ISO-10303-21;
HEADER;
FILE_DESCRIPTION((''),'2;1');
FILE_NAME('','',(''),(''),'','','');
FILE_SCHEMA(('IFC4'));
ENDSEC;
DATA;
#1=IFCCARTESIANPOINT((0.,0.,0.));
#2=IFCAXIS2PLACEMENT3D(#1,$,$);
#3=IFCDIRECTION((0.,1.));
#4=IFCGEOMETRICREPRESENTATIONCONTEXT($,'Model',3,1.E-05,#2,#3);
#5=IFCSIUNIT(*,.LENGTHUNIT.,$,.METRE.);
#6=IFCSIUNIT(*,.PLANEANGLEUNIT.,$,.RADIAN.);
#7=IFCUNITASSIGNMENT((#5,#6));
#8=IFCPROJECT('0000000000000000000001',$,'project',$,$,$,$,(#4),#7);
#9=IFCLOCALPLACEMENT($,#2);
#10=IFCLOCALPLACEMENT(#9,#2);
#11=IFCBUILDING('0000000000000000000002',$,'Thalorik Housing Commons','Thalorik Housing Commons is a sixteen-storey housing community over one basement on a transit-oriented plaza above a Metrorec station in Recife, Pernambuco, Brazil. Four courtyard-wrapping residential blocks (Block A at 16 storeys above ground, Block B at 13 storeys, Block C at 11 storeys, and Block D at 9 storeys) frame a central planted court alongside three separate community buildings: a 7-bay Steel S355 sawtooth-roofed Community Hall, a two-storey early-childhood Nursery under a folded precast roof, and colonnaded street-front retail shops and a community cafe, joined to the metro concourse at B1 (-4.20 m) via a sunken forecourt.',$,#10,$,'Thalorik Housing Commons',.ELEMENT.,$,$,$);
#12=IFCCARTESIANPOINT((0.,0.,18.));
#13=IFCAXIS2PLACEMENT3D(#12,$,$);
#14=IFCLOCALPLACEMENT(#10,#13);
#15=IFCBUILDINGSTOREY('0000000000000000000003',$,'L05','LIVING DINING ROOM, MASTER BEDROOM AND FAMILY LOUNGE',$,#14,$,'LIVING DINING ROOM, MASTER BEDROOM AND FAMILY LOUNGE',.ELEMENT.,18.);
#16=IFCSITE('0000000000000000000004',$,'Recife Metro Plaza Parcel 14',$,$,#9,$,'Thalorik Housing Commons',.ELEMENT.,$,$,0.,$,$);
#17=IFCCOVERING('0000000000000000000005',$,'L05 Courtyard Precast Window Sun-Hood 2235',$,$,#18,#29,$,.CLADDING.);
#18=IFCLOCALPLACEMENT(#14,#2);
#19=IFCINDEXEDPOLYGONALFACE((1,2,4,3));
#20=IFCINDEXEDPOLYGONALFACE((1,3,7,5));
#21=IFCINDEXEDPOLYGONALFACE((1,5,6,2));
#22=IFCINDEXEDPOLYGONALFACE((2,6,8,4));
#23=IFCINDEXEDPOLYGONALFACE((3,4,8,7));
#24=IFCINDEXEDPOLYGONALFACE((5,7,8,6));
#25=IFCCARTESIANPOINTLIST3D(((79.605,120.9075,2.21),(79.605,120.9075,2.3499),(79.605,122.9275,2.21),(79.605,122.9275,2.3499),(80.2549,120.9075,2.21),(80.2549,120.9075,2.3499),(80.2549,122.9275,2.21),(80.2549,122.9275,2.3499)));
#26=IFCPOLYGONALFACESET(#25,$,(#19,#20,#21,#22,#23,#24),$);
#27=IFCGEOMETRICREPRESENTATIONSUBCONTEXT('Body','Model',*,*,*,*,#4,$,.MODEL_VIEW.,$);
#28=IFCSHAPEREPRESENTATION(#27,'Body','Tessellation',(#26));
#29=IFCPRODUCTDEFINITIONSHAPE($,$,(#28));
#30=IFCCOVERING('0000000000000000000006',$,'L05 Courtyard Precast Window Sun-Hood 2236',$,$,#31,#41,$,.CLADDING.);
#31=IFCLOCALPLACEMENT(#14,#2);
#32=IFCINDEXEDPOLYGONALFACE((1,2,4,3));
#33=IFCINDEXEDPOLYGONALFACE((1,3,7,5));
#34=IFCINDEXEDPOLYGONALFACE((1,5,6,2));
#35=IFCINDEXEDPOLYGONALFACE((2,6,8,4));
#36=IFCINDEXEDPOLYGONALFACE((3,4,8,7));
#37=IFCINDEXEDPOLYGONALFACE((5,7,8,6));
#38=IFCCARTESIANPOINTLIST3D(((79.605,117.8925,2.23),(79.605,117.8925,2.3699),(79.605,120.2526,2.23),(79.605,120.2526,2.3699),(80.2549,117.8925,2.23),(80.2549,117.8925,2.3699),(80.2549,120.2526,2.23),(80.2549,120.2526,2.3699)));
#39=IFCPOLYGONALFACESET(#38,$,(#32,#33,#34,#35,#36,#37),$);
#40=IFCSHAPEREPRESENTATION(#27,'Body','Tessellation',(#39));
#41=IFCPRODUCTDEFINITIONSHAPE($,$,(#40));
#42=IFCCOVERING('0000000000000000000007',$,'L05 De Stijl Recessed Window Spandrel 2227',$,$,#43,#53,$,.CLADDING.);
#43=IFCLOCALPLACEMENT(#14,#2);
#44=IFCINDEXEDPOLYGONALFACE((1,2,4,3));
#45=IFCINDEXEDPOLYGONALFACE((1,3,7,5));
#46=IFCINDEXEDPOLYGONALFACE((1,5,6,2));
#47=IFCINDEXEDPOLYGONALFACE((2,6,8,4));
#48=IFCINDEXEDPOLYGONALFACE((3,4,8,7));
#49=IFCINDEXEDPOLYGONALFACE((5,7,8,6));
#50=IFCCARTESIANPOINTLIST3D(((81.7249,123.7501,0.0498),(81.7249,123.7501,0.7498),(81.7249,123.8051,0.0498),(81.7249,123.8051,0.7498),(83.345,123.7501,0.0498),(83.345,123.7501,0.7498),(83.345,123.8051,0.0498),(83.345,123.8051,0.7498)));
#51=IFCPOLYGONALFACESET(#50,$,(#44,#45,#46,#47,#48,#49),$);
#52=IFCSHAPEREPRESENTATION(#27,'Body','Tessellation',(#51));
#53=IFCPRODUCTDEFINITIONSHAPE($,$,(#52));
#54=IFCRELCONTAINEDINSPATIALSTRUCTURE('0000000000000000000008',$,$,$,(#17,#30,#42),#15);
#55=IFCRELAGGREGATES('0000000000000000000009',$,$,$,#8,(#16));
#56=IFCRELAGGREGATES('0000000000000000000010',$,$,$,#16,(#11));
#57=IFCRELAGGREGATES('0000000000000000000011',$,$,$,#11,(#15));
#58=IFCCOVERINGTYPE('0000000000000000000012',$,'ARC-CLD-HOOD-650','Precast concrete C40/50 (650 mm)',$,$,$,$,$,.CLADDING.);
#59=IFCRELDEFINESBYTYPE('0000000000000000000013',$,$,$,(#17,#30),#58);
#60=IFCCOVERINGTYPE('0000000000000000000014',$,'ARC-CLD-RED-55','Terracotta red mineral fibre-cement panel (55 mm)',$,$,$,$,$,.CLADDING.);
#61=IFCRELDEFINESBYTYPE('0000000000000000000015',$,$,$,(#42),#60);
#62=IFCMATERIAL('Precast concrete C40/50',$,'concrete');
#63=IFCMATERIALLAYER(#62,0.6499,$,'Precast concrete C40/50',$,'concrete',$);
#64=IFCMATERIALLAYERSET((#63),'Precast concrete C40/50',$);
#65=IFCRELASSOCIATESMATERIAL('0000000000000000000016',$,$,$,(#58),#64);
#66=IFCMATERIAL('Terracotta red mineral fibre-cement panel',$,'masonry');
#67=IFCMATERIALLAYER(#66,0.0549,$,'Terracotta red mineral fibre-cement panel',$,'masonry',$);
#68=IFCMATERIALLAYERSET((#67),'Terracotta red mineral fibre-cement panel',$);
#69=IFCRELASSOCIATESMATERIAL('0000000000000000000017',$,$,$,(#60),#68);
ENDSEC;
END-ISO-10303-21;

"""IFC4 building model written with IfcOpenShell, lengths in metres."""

from ifc_helpers import new_model, si_unit, direction, frame, origin, origin_2d, place, context, subcontext, project, spatial, rectangle, extrude, material, layer, layer_set, type_object, element, save


model = new_model("IFC4")

# Units and contexts
model_context = context("Model", 3, precision=1e-05, world=origin(), true_north=direction((0.0, 1.0)))
body_context = subcontext(model_context, "Body", "Model", "MODEL_VIEW")
ifc_project = project(units=[si_unit("LENGTHUNIT", "METRE"), si_unit("PLANEANGLEUNIT", "RADIAN")], contexts=[model_context])

# Site, building, storey
site_placement = place(None, origin())
site = spatial("IfcSite", under=ifc_project, at=site_placement, Name="Recife Metro Plaza Parcel 14", LongName="Thalorik Housing Commons", CompositionType="ELEMENT", RefElevation=0.0)
building_placement = place(site_placement, origin())
building = spatial("IfcBuilding", under=site, at=building_placement, Name="Thalorik Housing Commons", Description="Thalorik Housing Commons is a sixteen-storey housing community over one basement on a transit-oriented plaza above a Metrorec station in Recife, Pernambuco, Brazil. Four courtyard-wrapping residential blocks (Block A at 16 storeys above ground, Block B at 13 storeys, Block C at 11 storeys, and Block D at 9 storeys) frame a central planted court alongside three separate community buildings: a 7-bay Steel S355 sawtooth-roofed Community Hall, a two-storey early-childhood Nursery under a folded precast roof, and colonnaded street-front retail shops and a community cafe, joined to the metro concourse at B1 (-4.20 m) via a sunken forecourt.", LongName="Thalorik Housing Commons", CompositionType="ELEMENT")
storey_placement = place(building_placement, frame((0.0, 0.0, 18.0)))
storey = spatial("IfcBuildingStorey", under=building, at=storey_placement, Name="L05", Description="LIVING DINING ROOM, MASTER BEDROOM AND FAMILY LOUNGE", LongName="LIVING DINING ROOM, MASTER BEDROOM AND FAMILY LOUNGE", CompositionType="ELEMENT", Elevation=18.0)

# Shared definitions
ifc_material_1 = material(Name="Precast concrete C40/50", Category="concrete")

# Coverings
ifc_layer_1 = layer(ifc_material_1, 0.6499, Name="Precast concrete C40/50", Category="concrete")
ifc_layer_set_1 = layer_set([ifc_layer_1], Name="Precast concrete C40/50")
covering_type_1 = type_object("IfcCoveringType", Name="ARC-CLD-HOOD-650", Description="Precast concrete C40/50 (650 mm)", PredefinedType="CLADDING", material=ifc_layer_set_1)
covering_1_placement = place(storey_placement, frame((79.9299, 121.9175, 2.21), z_axis=(0.0, 0.0, 1.0), x_axis=(0.0, -1.0, 0.0)))
element("IfcCovering", 1, at=covering_1_placement, inside=storey, type_object=covering_type_1, Name="L05 Courtyard Precast Window Sun-Hood 2235", PredefinedType="CLADDING", context=body_context, shape_type="SweptSolid", body=[
    extrude(rectangle(XDim=2.02, YDim=0.6499, at=origin_2d()), origin(), (0.0, 0.0, 1.0), 0.1399),
])
covering_2_placement = place(storey_placement, frame((79.9299, 119.0725, 2.23), z_axis=(0.0, 0.0, 1.0), x_axis=(0.0, -1.0, 0.0)))
element("IfcCovering", 2, at=covering_2_placement, inside=storey, type_object=covering_type_1, Name="L05 Courtyard Precast Window Sun-Hood 2236", PredefinedType="CLADDING", context=body_context, shape_type="SweptSolid", body=[
    extrude(rectangle(XDim=2.3601, YDim=0.6499, at=origin_2d()), origin(), (0.0, 0.0, 1.0), 0.1399),
])
ifc_material_2 = material(Name="Terracotta red mineral fibre-cement panel", Category="masonry")
ifc_layer_2 = layer(ifc_material_2, 0.0549, Name="Terracotta red mineral fibre-cement panel", Category="masonry")
ifc_layer_set_2 = layer_set([ifc_layer_2], Name="Terracotta red mineral fibre-cement panel")
covering_type_2 = type_object("IfcCoveringType", Name="ARC-CLD-RED-55", Description="Terracotta red mineral fibre-cement panel (55 mm)", PredefinedType="CLADDING", material=ifc_layer_set_2)
covering_3_placement = place(storey_placement, frame((82.5349, 123.7776, 0.0498), z_axis=(0.0, 0.0, 1.0), x_axis=(-1.0, 0.0, 0.0)))
element("IfcCovering", 3, at=covering_3_placement, inside=storey, type_object=covering_type_2, Name="L05 De Stijl Recessed Window Spandrel 2227", PredefinedType="CLADDING", context=body_context, shape_type="SweptSolid", body=[
    extrude(rectangle(XDim=1.6201, YDim=0.0549, at=origin_2d()), origin(), (0.0, 0.0, 1.0), 0.7),
])

save(model, "model.ifc")
